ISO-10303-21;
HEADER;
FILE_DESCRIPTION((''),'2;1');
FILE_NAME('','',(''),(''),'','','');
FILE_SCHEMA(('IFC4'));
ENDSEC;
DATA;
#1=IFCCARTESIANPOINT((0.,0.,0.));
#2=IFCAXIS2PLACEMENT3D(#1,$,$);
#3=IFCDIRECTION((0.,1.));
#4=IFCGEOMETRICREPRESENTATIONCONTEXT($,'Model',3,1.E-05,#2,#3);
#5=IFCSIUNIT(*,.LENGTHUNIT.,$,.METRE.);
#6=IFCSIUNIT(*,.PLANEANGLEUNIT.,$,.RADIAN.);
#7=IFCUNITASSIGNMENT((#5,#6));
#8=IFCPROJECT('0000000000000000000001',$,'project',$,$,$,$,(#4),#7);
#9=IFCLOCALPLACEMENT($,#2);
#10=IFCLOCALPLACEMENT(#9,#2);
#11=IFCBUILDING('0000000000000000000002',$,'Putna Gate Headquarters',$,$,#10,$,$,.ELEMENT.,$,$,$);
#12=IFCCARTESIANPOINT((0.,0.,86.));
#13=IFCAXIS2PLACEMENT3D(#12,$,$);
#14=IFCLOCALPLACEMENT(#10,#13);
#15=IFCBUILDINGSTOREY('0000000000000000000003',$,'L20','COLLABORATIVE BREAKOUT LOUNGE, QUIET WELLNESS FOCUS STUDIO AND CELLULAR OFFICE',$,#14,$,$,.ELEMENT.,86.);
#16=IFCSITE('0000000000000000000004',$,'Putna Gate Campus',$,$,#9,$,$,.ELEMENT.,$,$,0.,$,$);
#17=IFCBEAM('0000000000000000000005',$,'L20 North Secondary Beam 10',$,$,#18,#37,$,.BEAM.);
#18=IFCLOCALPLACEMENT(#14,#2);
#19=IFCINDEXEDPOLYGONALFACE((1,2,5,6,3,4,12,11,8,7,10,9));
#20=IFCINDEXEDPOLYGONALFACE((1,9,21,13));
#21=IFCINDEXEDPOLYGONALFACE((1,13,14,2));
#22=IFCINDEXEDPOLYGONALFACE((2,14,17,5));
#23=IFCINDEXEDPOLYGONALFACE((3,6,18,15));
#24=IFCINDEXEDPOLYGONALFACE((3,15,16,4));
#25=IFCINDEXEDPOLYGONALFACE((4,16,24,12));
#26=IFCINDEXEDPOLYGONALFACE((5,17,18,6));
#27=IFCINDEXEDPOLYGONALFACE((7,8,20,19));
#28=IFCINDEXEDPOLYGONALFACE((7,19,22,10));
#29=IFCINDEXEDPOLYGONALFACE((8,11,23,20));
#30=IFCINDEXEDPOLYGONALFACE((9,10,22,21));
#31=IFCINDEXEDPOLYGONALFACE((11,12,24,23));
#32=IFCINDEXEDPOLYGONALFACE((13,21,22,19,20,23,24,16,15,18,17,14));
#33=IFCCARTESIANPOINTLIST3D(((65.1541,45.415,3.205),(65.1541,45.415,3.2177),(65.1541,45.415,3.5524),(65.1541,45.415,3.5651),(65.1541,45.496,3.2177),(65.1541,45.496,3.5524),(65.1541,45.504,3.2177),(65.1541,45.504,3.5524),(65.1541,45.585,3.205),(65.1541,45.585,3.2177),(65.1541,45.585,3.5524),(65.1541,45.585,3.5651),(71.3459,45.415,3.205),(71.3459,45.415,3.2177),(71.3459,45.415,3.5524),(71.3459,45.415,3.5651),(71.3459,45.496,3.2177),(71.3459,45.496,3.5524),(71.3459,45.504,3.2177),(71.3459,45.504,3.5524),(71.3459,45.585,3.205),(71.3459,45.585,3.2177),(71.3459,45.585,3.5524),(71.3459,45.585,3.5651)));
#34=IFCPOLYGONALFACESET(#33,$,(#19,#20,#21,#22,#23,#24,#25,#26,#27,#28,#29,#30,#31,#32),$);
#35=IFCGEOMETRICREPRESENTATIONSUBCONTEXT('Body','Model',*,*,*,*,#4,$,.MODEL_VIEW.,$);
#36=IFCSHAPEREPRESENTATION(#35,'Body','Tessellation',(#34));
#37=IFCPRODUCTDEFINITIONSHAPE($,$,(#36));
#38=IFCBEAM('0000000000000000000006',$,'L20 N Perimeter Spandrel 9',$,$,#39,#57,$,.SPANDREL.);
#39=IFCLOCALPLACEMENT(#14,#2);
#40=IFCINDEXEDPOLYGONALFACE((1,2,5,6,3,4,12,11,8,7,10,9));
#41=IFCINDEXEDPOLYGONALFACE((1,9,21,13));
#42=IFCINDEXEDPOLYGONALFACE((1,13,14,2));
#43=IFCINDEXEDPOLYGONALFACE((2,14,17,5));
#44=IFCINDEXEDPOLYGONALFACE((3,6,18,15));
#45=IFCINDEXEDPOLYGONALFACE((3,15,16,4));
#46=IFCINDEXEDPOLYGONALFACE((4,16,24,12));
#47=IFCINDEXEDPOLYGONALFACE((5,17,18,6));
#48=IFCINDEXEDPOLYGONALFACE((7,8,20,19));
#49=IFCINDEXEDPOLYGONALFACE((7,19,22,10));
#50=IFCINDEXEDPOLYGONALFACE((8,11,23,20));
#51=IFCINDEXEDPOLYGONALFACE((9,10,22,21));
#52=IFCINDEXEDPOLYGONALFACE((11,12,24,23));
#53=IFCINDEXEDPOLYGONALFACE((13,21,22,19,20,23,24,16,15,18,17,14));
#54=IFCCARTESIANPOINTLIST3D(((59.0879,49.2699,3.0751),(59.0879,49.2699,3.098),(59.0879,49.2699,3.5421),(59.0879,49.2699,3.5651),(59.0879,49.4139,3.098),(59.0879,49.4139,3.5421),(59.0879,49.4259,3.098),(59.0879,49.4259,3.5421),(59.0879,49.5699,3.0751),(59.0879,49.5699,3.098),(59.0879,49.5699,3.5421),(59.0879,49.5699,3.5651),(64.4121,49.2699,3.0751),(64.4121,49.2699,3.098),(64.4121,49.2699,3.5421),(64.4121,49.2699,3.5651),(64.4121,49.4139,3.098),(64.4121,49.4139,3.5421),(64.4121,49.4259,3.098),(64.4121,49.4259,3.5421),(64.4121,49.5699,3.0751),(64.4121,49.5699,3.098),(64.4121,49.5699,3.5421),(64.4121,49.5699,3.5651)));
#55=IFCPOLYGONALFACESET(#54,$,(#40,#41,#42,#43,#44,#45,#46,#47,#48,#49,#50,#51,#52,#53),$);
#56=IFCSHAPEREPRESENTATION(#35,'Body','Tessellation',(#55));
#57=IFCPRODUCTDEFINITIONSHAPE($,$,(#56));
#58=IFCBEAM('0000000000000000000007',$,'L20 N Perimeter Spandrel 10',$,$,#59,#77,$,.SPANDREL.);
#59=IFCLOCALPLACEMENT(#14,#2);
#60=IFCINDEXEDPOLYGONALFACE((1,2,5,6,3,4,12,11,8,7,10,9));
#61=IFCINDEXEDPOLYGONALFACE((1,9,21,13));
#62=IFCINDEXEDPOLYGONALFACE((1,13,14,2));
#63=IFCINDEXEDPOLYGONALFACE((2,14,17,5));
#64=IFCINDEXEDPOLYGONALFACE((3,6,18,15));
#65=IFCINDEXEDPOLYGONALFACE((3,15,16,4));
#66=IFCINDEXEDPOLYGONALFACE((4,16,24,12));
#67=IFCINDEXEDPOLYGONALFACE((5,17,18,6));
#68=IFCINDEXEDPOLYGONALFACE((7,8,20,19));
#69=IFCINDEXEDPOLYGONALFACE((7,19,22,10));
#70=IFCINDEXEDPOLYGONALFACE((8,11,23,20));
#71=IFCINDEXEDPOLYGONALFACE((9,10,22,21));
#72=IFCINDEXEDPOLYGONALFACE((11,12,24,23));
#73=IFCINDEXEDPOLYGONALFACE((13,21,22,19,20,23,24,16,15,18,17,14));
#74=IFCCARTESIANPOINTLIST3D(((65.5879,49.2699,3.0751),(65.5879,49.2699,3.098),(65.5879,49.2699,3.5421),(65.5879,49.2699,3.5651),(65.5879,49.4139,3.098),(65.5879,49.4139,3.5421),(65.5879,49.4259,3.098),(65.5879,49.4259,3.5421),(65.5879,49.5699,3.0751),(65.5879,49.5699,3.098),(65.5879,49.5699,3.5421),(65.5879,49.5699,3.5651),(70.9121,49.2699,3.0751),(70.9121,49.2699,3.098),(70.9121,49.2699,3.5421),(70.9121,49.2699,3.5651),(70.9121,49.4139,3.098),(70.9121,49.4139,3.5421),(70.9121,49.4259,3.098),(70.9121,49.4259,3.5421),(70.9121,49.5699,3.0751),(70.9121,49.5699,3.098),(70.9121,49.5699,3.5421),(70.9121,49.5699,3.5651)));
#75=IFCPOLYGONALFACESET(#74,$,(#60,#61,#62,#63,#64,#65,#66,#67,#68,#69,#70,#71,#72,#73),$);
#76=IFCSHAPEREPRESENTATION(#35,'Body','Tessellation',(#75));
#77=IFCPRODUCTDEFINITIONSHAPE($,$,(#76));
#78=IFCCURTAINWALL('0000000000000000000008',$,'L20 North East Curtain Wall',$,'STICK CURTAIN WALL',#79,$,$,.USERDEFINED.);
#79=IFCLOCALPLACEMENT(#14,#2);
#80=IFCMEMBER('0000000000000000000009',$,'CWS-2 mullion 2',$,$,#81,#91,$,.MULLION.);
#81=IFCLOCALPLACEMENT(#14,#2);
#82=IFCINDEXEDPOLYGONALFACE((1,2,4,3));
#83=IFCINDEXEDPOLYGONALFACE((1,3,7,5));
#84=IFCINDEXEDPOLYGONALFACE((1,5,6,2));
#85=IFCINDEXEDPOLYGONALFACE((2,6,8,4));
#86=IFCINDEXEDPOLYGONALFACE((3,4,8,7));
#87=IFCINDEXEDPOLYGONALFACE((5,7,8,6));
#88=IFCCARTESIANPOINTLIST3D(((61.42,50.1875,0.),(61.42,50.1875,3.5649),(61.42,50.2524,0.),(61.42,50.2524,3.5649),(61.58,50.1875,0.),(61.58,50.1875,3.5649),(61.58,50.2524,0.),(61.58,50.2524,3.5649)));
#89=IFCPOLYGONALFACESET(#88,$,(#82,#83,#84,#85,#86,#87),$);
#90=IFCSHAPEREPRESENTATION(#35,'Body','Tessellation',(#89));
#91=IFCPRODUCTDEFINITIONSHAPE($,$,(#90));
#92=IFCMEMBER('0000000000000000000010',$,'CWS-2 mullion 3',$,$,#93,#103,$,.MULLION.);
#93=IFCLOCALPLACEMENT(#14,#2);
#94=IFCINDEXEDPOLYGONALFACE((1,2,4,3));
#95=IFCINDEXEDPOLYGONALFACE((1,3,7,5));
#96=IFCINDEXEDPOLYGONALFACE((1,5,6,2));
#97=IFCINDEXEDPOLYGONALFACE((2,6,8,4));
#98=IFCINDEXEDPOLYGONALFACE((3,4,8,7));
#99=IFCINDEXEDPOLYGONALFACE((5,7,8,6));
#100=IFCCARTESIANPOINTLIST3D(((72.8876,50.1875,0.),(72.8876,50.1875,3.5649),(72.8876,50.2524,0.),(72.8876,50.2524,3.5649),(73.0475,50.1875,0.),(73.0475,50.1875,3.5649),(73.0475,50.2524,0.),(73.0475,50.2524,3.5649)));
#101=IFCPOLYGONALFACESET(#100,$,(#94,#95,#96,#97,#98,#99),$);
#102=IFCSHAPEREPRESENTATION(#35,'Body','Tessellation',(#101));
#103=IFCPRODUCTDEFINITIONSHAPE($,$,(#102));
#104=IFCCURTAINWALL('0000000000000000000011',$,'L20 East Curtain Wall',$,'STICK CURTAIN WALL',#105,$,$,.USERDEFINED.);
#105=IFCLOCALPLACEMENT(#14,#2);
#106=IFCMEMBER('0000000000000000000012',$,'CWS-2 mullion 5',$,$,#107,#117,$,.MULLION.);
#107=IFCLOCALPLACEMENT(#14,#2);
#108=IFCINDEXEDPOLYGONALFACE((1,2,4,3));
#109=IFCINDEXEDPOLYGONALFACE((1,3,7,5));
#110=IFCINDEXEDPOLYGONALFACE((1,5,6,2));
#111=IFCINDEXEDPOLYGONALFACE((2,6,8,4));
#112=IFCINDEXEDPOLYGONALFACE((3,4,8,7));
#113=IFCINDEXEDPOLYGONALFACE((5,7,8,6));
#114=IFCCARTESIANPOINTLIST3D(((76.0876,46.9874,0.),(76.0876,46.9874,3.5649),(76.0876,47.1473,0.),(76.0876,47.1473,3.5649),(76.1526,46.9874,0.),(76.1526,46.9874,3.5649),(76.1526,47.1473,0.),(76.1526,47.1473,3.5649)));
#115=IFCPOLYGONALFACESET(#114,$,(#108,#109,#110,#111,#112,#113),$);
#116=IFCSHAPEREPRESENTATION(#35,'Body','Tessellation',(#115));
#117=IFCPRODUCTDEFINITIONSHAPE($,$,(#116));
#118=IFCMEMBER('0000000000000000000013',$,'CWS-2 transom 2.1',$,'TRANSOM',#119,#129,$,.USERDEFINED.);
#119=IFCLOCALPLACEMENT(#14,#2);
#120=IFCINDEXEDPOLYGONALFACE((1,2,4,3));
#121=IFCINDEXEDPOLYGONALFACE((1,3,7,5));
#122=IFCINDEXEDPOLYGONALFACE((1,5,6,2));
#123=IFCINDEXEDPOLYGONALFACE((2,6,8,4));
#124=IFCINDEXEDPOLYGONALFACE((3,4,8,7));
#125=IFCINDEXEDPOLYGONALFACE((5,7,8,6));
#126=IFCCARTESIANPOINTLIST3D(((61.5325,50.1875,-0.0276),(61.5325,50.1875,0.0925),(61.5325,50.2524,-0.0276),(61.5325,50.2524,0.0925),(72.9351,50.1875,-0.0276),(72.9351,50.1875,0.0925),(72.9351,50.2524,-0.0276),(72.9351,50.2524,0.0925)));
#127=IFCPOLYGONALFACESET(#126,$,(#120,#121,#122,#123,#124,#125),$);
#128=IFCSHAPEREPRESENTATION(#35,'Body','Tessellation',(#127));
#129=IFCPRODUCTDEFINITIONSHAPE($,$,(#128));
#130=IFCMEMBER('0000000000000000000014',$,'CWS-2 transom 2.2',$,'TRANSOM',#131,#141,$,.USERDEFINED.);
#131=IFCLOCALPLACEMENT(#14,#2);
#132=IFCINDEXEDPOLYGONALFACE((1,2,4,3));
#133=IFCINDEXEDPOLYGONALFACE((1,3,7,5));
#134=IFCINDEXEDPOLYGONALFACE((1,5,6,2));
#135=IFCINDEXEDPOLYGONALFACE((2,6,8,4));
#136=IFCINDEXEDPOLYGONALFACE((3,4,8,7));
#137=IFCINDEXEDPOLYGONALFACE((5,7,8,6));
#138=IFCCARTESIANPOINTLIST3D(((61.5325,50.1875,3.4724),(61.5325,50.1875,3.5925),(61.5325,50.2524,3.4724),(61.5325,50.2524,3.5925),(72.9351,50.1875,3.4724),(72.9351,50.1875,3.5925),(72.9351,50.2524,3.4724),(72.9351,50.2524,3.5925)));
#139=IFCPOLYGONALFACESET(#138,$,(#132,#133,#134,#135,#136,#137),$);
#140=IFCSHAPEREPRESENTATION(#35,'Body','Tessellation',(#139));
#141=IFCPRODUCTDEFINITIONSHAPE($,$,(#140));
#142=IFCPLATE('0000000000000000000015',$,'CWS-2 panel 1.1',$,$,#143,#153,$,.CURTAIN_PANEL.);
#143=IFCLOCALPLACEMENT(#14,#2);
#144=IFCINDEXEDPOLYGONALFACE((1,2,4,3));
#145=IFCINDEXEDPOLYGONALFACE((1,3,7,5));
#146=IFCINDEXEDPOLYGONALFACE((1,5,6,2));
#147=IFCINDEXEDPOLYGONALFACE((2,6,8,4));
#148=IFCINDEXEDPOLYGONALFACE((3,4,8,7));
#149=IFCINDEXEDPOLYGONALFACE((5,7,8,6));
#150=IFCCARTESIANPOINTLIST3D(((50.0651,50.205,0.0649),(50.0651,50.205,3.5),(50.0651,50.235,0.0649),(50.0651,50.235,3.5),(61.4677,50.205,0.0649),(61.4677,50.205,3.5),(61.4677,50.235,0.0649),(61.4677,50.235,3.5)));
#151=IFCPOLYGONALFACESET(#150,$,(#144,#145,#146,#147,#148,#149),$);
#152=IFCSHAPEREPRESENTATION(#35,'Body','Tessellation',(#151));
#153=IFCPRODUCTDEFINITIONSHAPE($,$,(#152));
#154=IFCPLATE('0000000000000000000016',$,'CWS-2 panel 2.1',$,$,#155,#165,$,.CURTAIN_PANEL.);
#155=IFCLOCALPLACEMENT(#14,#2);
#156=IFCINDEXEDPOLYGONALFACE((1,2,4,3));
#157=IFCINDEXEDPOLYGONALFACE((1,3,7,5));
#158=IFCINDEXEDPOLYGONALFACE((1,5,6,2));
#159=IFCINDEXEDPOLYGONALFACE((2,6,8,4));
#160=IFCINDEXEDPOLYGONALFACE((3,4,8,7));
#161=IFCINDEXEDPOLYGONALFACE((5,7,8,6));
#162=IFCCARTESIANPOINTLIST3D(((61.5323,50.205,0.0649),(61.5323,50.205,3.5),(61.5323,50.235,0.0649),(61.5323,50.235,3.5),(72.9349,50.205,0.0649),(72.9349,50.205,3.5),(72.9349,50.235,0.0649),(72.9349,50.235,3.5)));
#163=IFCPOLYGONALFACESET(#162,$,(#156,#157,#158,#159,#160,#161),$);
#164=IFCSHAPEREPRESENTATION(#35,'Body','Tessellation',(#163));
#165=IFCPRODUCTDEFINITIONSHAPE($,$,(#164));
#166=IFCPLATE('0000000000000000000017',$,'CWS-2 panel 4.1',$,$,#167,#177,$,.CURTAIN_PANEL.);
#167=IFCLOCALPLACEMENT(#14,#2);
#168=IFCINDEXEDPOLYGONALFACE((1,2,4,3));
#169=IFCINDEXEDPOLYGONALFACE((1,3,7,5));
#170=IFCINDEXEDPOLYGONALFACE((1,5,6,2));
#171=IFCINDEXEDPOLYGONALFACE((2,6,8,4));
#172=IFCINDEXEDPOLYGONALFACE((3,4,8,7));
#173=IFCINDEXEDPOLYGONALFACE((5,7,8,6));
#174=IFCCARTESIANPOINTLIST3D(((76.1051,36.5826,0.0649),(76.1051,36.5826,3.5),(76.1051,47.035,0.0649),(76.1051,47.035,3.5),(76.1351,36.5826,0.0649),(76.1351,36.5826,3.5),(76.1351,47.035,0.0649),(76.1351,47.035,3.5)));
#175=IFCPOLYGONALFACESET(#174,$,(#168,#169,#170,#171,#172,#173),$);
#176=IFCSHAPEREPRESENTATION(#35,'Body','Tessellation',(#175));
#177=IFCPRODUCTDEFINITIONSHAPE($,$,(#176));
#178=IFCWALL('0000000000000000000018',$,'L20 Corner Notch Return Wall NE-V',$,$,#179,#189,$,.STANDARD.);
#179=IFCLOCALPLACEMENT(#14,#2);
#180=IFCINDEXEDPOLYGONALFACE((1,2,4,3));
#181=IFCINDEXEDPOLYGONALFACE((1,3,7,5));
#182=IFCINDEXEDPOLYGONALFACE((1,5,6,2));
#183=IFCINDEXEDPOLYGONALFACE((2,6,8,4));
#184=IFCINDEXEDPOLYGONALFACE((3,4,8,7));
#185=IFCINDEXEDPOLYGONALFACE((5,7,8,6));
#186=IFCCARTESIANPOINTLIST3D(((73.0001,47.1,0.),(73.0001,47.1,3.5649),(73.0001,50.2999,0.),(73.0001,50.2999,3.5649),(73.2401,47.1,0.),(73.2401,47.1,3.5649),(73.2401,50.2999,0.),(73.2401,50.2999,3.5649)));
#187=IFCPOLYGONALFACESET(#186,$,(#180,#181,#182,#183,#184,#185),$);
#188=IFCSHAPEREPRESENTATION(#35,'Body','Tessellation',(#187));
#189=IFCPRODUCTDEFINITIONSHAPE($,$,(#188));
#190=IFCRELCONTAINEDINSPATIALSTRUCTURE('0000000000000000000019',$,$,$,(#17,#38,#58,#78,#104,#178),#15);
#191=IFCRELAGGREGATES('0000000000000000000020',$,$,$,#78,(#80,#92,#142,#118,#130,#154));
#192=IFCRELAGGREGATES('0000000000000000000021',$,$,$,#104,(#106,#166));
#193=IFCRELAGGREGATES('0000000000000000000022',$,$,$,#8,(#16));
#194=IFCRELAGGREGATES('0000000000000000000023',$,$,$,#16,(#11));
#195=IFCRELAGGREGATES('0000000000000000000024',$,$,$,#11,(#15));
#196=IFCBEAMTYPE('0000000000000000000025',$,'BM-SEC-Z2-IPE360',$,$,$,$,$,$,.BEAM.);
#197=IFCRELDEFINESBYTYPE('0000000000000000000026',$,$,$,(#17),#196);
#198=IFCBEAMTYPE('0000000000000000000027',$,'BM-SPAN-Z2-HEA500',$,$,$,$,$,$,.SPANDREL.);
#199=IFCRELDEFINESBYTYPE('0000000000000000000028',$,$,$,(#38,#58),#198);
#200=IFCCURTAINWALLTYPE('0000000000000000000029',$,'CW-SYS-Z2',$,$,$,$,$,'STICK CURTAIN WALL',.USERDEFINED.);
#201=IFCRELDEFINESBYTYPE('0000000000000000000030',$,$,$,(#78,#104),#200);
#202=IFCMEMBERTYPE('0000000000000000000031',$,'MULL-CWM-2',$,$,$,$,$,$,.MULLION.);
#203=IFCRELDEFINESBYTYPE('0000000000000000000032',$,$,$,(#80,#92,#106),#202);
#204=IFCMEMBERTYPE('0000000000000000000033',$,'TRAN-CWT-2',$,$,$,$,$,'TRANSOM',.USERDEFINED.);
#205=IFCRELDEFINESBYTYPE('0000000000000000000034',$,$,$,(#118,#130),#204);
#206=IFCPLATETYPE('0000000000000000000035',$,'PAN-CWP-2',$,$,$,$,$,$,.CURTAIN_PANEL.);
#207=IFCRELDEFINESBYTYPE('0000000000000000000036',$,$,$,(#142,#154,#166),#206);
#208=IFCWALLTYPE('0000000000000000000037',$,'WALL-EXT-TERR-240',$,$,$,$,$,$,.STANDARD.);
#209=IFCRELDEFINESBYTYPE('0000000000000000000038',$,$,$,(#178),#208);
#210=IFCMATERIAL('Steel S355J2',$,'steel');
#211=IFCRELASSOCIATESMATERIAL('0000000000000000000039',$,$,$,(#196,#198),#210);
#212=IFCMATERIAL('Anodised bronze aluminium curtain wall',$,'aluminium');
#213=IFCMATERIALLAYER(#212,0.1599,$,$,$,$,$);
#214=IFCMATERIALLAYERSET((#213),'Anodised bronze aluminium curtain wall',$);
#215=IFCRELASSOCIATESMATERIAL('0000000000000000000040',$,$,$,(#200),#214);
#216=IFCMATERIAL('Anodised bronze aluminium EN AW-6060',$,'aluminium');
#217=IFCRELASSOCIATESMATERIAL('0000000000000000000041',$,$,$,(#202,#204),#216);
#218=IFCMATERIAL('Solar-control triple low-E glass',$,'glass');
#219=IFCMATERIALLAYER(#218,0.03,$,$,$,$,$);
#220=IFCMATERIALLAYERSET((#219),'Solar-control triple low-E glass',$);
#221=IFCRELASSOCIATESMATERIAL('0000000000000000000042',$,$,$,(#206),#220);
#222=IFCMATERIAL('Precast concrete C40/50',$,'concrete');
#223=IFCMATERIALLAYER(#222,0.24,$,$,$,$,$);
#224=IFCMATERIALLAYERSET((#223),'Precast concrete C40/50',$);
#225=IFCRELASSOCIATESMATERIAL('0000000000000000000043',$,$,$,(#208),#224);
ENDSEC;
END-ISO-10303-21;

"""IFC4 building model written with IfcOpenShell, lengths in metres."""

from ifc_helpers import new_model, si_unit, direction, frame, frame_2d, origin, origin_2d, place, context, subcontext, project, spatial, rectangle, i_section, extrude, material, layer, layer_set, material_profile, profile_set, type_object, element, aggregate, save


model = new_model("IFC4")

# Units and contexts
model_context = context("Model", 3, precision=1e-05, world=origin(), true_north=direction((0.0, 1.0)))
body_context = subcontext(model_context, "Body", "Model", "MODEL_VIEW")
ifc_project = project(units=[si_unit("LENGTHUNIT", "METRE"), si_unit("PLANEANGLEUNIT", "RADIAN")], contexts=[model_context])

# Site, building, storey
site_placement = place(None, origin())
site = spatial("IfcSite", under=ifc_project, at=site_placement, Name="Putna Gate Campus", CompositionType="ELEMENT", RefElevation=0.0)
building_placement = place(site_placement, origin())
building = spatial("IfcBuilding", under=site, at=building_placement, Name="Putna Gate Headquarters", CompositionType="ELEMENT")
storey_placement = place(building_placement, frame((0.0, 0.0, 86.0)))
storey = spatial("IfcBuildingStorey", under=building, at=storey_placement, Name="L20", Description="COLLABORATIVE BREAKOUT LOUNGE, QUIET WELLNESS FOCUS STUDIO AND CELLULAR OFFICE", CompositionType="ELEMENT", Elevation=86.0)

# Beams
ifc_material_1 = material(Name="Steel S355J2", Category="steel")
ifc_material_profile_1 = material_profile(ifc_material_1, i_section(OverallWidth=0.1699, OverallDepth=0.3601, WebThickness=0.0081, FlangeThickness=0.0127, at=origin_2d()), Name="Steel S355J2")
ifc_profile_set_1 = profile_set([ifc_material_profile_1], Name="Steel S355J2")
beam_type_1 = type_object("IfcBeamType", Name="BM-SEC-Z2-IPE360", PredefinedType="BEAM", material=ifc_profile_set_1)
for number, where, z_axis, x_axis, name in (
    (1, (65.1541, 45.5, 3.385), (1.0, 0.0, 0.0), (0.0, 1.0, 0.0), "L20 North Secondary Beam 10"),
):
    element("IfcBeam", number, at=place(storey_placement, frame(where, z_axis=z_axis, x_axis=x_axis)), inside=storey, type_object=beam_type_1, Name=name, PredefinedType="BEAM", context=body_context, shape_type="SweptSolid", body=[
        extrude(i_section(OverallWidth=0.1699, OverallDepth=0.3601, WebThickness=0.0081, FlangeThickness=0.0127, at=origin_2d()), origin(), (0.0, 0.0, 1.0), 6.1919),
    ])
ifc_material_profile_2 = material_profile(ifc_material_1, i_section(OverallWidth=0.3, OverallDepth=0.49, WebThickness=0.012, FlangeThickness=0.0229, at=origin_2d()), Name="Steel S355J2")
ifc_profile_set_2 = profile_set([ifc_material_profile_2], Name="Steel S355J2")
beam_type_2 = type_object("IfcBeamType", Name="BM-SPAN-Z2-HEA500", PredefinedType="SPANDREL", material=ifc_profile_set_2)
for number, where, z_axis, x_axis, name in (
    (2, (59.0879, 49.4199, 3.3201), (1.0, 0.0, 0.0), (0.0, 1.0, 0.0), "L20 N Perimeter Spandrel 9"),
    (3, (65.5879, 49.4199, 3.3201), (1.0, 0.0, 0.0), (0.0, 1.0, 0.0), "L20 N Perimeter Spandrel 10"),
):
    element("IfcBeam", number, at=place(storey_placement, frame(where, z_axis=z_axis, x_axis=x_axis)), inside=storey, type_object=beam_type_2, Name=name, PredefinedType="SPANDREL", context=body_context, shape_type="SweptSolid", body=[
        extrude(i_section(OverallWidth=0.3, OverallDepth=0.49, WebThickness=0.012, FlangeThickness=0.0229, at=origin_2d()), origin(), (0.0, 0.0, 1.0), 5.3242),
    ])

# Curtain wall, members
ifc_material_2 = material(Name="Anodised bronze aluminium curtain wall", Category="aluminium")
ifc_layer_1 = layer(ifc_material_2, 0.1599)
ifc_layer_set_1 = layer_set([ifc_layer_1], Name="Anodised bronze aluminium curtain wall")
curtain_wall_type = type_object("IfcCurtainWallType", Name="CW-SYS-Z2", ElementType="STICK CURTAIN WALL", PredefinedType="USERDEFINED", material=ifc_layer_set_1)
curtain_wall_1_placement = place(storey_placement, origin())
curtain_wall_1 = element("IfcCurtainWall", 4, at=curtain_wall_1_placement, inside=storey, type_object=curtain_wall_type, Name="L20 North East Curtain Wall", ObjectType="STICK CURTAIN WALL", PredefinedType="USERDEFINED")
ifc_material_3 = material(Name="Anodised bronze aluminium EN AW-6060", Category="aluminium")
ifc_material_profile_3 = material_profile(ifc_material_3, rectangle(XDim=0.0649, YDim=0.1599, at=origin_2d()), Name="Anodised bronze aluminium EN AW-6060")
ifc_profile_set_3 = profile_set([ifc_material_profile_3], Name="Anodised bronze aluminium EN AW-6060")
member_type_1 = type_object("IfcMemberType", Name="MULL-CWM-2", PredefinedType="MULLION", material=ifc_profile_set_3)
member_1_placement = place(storey_placement, frame((61.5, 50.22, 0.0), z_axis=(0.0, 0.0, 1.0), x_axis=(0.0, 1.0, 0.0)))
member_1 = element("IfcMember", 5, at=member_1_placement, type_object=member_type_1, Name="CWS-2 mullion 2", PredefinedType="MULLION", context=body_context, shape_type="SweptSolid", body=[
    extrude(rectangle(XDim=0.0649, YDim=0.1599, at=origin_2d()), origin(), (0.0, 0.0, 1.0), 3.5649),
])
member_2_placement = place(storey_placement, frame((72.9675, 50.22, 0.0), z_axis=(0.0, 0.0, 1.0), x_axis=(0.0, 1.0, 0.0)))
member_2 = element("IfcMember", 6, at=member_2_placement, type_object=member_type_1, Name="CWS-2 mullion 3", PredefinedType="MULLION", context=body_context, shape_type="SweptSolid", body=[
    extrude(rectangle(XDim=0.0649, YDim=0.1599, at=origin_2d()), origin(), (0.0, 0.0, 1.0), 3.5649),
])

# Curtain wall, member
curtain_wall_2_placement = place(storey_placement, origin())
curtain_wall_2 = element("IfcCurtainWall", 7, at=curtain_wall_2_placement, inside=storey, type_object=curtain_wall_type, Name="L20 East Curtain Wall", ObjectType="STICK CURTAIN WALL", PredefinedType="USERDEFINED")
member_3_placement = place(storey_placement, frame((76.1201, 47.0674, 0.0), z_axis=(0.0, 0.0, 1.0), x_axis=(-1.0, 0.0, 0.0)))
member_3 = element("IfcMember", 8, at=member_3_placement, type_object=member_type_1, Name="CWS-2 mullion 5", PredefinedType="MULLION", context=body_context, shape_type="SweptSolid", body=[
    extrude(rectangle(XDim=0.0649, YDim=0.1599, at=origin_2d()), origin(), (0.0, 0.0, 1.0), 3.5649),
])

# Members
ifc_material_profile_4 = material_profile(ifc_material_3, rectangle(XDim=0.0649, YDim=0.1201, at=origin_2d()), Name="Anodised bronze aluminium EN AW-6060")
ifc_profile_set_4 = profile_set([ifc_material_profile_4], Name="Anodised bronze aluminium EN AW-6060")
member_type_2 = type_object("IfcMemberType", Name="TRAN-CWT-2", ElementType="TRANSOM", PredefinedType="USERDEFINED", material=ifc_profile_set_4)
member_4_placement = place(storey_placement, frame((61.5325, 50.22, 0.0325), z_axis=(1.0, 0.0, 0.0), x_axis=(0.0, 1.0, 0.0)))
member_4 = element("IfcMember", 9, at=member_4_placement, type_object=member_type_2, Name="CWS-2 transom 2.1", ObjectType="TRANSOM", PredefinedType="USERDEFINED", context=body_context, shape_type="SweptSolid", body=[
    extrude(rectangle(XDim=0.0649, YDim=0.1201, at=origin_2d()), origin(), (0.0, 0.0, 1.0), 11.4026),
])
member_5_placement = place(storey_placement, frame((61.5325, 50.22, 3.5325), z_axis=(1.0, 0.0, 0.0), x_axis=(0.0, 1.0, 0.0)))
member_5 = element("IfcMember", 10, at=member_5_placement, type_object=member_type_2, Name="CWS-2 transom 2.2", ObjectType="TRANSOM", PredefinedType="USERDEFINED", context=body_context, shape_type="SweptSolid", body=[
    extrude(rectangle(XDim=0.0649, YDim=0.1201, at=origin_2d()), origin(), (0.0, 0.0, 1.0), 11.4026),
])

# Plates
ifc_material_4 = material(Name="Solar-control triple low-E glass", Category="glass")
ifc_layer_2 = layer(ifc_material_4, 0.03)
ifc_layer_set_2 = layer_set([ifc_layer_2], Name="Solar-control triple low-E glass")
plate_type = type_object("IfcPlateType", Name="PAN-CWP-2", PredefinedType="CURTAIN_PANEL", material=ifc_layer_set_2)
plate_1_placement = place(storey_placement, frame((55.7664, 50.22, 0.0649), z_axis=(0.0, 0.0, 1.0), x_axis=(1.0, 0.0, 0.0)))
plate_1 = element("IfcPlate", 11, at=plate_1_placement, type_object=plate_type, Name="CWS-2 panel 1.1", PredefinedType="CURTAIN_PANEL", context=body_context, shape_type="SweptSolid", body=[
    extrude(rectangle(XDim=11.4026, YDim=0.03, at=origin_2d()), origin(), (0.0, 0.0, 1.0), 3.4351),
])
plate_2_placement = place(storey_placement, frame((67.2336, 50.22, 0.0649), z_axis=(0.0, 0.0, 1.0), x_axis=(1.0, 0.0, 0.0)))
plate_2 = element("IfcPlate", 12, at=plate_2_placement, type_object=plate_type, Name="CWS-2 panel 2.1", PredefinedType="CURTAIN_PANEL", context=body_context, shape_type="SweptSolid", body=[
    extrude(rectangle(XDim=11.4026, YDim=0.03, at=origin_2d()), origin(), (0.0, 0.0, 1.0), 3.4351),
])
aggregate(curtain_wall_1, [member_1, member_2, plate_1, member_4, member_5, plate_2])
plate_3_placement = place(storey_placement, frame((76.1201, 41.8088, 0.0649), z_axis=(0.0, 0.0, 1.0), x_axis=(0.0, 1.0, 0.0)))
plate_3 = element("IfcPlate", 13, at=plate_3_placement, type_object=plate_type, Name="CWS-2 panel 4.1", PredefinedType="CURTAIN_PANEL", context=body_context, shape_type="SweptSolid", body=[
    extrude(rectangle(XDim=10.4524, YDim=0.03, at=origin_2d()), origin(), (0.0, 0.0, 1.0), 3.4351),
])
aggregate(curtain_wall_2, [member_3, plate_3])

# Wall
ifc_material_5 = material(Name="Precast concrete C40/50", Category="concrete")
ifc_layer_3 = layer(ifc_material_5, 0.24)
ifc_layer_set_3 = layer_set([ifc_layer_3], Name="Precast concrete C40/50")
wall_type = type_object("IfcWallType", Name="WALL-EXT-TERR-240", PredefinedType="STANDARD", material=ifc_layer_set_3)
for number, where, z_axis, x_axis, name in (
    (14, (73.1201, 50.3, 0.0), (0.0, 0.0, 1.0), (0.0, -1.0, 0.0), "L20 Corner Notch Return Wall NE-V"),
):
    element("IfcWall", number, at=place(storey_placement, frame(where, z_axis=z_axis, x_axis=x_axis)), inside=storey, type_object=wall_type, Name=name, PredefinedType="STANDARD", context=body_context, shape_type="SweptSolid", body=[
        extrude(rectangle(XDim=3.2, YDim=0.24, at=frame_2d((1.6001, 0.0))), origin(), (0.0, 0.0, 1.0), 3.5649),
    ])

save(model, "model.ifc")
